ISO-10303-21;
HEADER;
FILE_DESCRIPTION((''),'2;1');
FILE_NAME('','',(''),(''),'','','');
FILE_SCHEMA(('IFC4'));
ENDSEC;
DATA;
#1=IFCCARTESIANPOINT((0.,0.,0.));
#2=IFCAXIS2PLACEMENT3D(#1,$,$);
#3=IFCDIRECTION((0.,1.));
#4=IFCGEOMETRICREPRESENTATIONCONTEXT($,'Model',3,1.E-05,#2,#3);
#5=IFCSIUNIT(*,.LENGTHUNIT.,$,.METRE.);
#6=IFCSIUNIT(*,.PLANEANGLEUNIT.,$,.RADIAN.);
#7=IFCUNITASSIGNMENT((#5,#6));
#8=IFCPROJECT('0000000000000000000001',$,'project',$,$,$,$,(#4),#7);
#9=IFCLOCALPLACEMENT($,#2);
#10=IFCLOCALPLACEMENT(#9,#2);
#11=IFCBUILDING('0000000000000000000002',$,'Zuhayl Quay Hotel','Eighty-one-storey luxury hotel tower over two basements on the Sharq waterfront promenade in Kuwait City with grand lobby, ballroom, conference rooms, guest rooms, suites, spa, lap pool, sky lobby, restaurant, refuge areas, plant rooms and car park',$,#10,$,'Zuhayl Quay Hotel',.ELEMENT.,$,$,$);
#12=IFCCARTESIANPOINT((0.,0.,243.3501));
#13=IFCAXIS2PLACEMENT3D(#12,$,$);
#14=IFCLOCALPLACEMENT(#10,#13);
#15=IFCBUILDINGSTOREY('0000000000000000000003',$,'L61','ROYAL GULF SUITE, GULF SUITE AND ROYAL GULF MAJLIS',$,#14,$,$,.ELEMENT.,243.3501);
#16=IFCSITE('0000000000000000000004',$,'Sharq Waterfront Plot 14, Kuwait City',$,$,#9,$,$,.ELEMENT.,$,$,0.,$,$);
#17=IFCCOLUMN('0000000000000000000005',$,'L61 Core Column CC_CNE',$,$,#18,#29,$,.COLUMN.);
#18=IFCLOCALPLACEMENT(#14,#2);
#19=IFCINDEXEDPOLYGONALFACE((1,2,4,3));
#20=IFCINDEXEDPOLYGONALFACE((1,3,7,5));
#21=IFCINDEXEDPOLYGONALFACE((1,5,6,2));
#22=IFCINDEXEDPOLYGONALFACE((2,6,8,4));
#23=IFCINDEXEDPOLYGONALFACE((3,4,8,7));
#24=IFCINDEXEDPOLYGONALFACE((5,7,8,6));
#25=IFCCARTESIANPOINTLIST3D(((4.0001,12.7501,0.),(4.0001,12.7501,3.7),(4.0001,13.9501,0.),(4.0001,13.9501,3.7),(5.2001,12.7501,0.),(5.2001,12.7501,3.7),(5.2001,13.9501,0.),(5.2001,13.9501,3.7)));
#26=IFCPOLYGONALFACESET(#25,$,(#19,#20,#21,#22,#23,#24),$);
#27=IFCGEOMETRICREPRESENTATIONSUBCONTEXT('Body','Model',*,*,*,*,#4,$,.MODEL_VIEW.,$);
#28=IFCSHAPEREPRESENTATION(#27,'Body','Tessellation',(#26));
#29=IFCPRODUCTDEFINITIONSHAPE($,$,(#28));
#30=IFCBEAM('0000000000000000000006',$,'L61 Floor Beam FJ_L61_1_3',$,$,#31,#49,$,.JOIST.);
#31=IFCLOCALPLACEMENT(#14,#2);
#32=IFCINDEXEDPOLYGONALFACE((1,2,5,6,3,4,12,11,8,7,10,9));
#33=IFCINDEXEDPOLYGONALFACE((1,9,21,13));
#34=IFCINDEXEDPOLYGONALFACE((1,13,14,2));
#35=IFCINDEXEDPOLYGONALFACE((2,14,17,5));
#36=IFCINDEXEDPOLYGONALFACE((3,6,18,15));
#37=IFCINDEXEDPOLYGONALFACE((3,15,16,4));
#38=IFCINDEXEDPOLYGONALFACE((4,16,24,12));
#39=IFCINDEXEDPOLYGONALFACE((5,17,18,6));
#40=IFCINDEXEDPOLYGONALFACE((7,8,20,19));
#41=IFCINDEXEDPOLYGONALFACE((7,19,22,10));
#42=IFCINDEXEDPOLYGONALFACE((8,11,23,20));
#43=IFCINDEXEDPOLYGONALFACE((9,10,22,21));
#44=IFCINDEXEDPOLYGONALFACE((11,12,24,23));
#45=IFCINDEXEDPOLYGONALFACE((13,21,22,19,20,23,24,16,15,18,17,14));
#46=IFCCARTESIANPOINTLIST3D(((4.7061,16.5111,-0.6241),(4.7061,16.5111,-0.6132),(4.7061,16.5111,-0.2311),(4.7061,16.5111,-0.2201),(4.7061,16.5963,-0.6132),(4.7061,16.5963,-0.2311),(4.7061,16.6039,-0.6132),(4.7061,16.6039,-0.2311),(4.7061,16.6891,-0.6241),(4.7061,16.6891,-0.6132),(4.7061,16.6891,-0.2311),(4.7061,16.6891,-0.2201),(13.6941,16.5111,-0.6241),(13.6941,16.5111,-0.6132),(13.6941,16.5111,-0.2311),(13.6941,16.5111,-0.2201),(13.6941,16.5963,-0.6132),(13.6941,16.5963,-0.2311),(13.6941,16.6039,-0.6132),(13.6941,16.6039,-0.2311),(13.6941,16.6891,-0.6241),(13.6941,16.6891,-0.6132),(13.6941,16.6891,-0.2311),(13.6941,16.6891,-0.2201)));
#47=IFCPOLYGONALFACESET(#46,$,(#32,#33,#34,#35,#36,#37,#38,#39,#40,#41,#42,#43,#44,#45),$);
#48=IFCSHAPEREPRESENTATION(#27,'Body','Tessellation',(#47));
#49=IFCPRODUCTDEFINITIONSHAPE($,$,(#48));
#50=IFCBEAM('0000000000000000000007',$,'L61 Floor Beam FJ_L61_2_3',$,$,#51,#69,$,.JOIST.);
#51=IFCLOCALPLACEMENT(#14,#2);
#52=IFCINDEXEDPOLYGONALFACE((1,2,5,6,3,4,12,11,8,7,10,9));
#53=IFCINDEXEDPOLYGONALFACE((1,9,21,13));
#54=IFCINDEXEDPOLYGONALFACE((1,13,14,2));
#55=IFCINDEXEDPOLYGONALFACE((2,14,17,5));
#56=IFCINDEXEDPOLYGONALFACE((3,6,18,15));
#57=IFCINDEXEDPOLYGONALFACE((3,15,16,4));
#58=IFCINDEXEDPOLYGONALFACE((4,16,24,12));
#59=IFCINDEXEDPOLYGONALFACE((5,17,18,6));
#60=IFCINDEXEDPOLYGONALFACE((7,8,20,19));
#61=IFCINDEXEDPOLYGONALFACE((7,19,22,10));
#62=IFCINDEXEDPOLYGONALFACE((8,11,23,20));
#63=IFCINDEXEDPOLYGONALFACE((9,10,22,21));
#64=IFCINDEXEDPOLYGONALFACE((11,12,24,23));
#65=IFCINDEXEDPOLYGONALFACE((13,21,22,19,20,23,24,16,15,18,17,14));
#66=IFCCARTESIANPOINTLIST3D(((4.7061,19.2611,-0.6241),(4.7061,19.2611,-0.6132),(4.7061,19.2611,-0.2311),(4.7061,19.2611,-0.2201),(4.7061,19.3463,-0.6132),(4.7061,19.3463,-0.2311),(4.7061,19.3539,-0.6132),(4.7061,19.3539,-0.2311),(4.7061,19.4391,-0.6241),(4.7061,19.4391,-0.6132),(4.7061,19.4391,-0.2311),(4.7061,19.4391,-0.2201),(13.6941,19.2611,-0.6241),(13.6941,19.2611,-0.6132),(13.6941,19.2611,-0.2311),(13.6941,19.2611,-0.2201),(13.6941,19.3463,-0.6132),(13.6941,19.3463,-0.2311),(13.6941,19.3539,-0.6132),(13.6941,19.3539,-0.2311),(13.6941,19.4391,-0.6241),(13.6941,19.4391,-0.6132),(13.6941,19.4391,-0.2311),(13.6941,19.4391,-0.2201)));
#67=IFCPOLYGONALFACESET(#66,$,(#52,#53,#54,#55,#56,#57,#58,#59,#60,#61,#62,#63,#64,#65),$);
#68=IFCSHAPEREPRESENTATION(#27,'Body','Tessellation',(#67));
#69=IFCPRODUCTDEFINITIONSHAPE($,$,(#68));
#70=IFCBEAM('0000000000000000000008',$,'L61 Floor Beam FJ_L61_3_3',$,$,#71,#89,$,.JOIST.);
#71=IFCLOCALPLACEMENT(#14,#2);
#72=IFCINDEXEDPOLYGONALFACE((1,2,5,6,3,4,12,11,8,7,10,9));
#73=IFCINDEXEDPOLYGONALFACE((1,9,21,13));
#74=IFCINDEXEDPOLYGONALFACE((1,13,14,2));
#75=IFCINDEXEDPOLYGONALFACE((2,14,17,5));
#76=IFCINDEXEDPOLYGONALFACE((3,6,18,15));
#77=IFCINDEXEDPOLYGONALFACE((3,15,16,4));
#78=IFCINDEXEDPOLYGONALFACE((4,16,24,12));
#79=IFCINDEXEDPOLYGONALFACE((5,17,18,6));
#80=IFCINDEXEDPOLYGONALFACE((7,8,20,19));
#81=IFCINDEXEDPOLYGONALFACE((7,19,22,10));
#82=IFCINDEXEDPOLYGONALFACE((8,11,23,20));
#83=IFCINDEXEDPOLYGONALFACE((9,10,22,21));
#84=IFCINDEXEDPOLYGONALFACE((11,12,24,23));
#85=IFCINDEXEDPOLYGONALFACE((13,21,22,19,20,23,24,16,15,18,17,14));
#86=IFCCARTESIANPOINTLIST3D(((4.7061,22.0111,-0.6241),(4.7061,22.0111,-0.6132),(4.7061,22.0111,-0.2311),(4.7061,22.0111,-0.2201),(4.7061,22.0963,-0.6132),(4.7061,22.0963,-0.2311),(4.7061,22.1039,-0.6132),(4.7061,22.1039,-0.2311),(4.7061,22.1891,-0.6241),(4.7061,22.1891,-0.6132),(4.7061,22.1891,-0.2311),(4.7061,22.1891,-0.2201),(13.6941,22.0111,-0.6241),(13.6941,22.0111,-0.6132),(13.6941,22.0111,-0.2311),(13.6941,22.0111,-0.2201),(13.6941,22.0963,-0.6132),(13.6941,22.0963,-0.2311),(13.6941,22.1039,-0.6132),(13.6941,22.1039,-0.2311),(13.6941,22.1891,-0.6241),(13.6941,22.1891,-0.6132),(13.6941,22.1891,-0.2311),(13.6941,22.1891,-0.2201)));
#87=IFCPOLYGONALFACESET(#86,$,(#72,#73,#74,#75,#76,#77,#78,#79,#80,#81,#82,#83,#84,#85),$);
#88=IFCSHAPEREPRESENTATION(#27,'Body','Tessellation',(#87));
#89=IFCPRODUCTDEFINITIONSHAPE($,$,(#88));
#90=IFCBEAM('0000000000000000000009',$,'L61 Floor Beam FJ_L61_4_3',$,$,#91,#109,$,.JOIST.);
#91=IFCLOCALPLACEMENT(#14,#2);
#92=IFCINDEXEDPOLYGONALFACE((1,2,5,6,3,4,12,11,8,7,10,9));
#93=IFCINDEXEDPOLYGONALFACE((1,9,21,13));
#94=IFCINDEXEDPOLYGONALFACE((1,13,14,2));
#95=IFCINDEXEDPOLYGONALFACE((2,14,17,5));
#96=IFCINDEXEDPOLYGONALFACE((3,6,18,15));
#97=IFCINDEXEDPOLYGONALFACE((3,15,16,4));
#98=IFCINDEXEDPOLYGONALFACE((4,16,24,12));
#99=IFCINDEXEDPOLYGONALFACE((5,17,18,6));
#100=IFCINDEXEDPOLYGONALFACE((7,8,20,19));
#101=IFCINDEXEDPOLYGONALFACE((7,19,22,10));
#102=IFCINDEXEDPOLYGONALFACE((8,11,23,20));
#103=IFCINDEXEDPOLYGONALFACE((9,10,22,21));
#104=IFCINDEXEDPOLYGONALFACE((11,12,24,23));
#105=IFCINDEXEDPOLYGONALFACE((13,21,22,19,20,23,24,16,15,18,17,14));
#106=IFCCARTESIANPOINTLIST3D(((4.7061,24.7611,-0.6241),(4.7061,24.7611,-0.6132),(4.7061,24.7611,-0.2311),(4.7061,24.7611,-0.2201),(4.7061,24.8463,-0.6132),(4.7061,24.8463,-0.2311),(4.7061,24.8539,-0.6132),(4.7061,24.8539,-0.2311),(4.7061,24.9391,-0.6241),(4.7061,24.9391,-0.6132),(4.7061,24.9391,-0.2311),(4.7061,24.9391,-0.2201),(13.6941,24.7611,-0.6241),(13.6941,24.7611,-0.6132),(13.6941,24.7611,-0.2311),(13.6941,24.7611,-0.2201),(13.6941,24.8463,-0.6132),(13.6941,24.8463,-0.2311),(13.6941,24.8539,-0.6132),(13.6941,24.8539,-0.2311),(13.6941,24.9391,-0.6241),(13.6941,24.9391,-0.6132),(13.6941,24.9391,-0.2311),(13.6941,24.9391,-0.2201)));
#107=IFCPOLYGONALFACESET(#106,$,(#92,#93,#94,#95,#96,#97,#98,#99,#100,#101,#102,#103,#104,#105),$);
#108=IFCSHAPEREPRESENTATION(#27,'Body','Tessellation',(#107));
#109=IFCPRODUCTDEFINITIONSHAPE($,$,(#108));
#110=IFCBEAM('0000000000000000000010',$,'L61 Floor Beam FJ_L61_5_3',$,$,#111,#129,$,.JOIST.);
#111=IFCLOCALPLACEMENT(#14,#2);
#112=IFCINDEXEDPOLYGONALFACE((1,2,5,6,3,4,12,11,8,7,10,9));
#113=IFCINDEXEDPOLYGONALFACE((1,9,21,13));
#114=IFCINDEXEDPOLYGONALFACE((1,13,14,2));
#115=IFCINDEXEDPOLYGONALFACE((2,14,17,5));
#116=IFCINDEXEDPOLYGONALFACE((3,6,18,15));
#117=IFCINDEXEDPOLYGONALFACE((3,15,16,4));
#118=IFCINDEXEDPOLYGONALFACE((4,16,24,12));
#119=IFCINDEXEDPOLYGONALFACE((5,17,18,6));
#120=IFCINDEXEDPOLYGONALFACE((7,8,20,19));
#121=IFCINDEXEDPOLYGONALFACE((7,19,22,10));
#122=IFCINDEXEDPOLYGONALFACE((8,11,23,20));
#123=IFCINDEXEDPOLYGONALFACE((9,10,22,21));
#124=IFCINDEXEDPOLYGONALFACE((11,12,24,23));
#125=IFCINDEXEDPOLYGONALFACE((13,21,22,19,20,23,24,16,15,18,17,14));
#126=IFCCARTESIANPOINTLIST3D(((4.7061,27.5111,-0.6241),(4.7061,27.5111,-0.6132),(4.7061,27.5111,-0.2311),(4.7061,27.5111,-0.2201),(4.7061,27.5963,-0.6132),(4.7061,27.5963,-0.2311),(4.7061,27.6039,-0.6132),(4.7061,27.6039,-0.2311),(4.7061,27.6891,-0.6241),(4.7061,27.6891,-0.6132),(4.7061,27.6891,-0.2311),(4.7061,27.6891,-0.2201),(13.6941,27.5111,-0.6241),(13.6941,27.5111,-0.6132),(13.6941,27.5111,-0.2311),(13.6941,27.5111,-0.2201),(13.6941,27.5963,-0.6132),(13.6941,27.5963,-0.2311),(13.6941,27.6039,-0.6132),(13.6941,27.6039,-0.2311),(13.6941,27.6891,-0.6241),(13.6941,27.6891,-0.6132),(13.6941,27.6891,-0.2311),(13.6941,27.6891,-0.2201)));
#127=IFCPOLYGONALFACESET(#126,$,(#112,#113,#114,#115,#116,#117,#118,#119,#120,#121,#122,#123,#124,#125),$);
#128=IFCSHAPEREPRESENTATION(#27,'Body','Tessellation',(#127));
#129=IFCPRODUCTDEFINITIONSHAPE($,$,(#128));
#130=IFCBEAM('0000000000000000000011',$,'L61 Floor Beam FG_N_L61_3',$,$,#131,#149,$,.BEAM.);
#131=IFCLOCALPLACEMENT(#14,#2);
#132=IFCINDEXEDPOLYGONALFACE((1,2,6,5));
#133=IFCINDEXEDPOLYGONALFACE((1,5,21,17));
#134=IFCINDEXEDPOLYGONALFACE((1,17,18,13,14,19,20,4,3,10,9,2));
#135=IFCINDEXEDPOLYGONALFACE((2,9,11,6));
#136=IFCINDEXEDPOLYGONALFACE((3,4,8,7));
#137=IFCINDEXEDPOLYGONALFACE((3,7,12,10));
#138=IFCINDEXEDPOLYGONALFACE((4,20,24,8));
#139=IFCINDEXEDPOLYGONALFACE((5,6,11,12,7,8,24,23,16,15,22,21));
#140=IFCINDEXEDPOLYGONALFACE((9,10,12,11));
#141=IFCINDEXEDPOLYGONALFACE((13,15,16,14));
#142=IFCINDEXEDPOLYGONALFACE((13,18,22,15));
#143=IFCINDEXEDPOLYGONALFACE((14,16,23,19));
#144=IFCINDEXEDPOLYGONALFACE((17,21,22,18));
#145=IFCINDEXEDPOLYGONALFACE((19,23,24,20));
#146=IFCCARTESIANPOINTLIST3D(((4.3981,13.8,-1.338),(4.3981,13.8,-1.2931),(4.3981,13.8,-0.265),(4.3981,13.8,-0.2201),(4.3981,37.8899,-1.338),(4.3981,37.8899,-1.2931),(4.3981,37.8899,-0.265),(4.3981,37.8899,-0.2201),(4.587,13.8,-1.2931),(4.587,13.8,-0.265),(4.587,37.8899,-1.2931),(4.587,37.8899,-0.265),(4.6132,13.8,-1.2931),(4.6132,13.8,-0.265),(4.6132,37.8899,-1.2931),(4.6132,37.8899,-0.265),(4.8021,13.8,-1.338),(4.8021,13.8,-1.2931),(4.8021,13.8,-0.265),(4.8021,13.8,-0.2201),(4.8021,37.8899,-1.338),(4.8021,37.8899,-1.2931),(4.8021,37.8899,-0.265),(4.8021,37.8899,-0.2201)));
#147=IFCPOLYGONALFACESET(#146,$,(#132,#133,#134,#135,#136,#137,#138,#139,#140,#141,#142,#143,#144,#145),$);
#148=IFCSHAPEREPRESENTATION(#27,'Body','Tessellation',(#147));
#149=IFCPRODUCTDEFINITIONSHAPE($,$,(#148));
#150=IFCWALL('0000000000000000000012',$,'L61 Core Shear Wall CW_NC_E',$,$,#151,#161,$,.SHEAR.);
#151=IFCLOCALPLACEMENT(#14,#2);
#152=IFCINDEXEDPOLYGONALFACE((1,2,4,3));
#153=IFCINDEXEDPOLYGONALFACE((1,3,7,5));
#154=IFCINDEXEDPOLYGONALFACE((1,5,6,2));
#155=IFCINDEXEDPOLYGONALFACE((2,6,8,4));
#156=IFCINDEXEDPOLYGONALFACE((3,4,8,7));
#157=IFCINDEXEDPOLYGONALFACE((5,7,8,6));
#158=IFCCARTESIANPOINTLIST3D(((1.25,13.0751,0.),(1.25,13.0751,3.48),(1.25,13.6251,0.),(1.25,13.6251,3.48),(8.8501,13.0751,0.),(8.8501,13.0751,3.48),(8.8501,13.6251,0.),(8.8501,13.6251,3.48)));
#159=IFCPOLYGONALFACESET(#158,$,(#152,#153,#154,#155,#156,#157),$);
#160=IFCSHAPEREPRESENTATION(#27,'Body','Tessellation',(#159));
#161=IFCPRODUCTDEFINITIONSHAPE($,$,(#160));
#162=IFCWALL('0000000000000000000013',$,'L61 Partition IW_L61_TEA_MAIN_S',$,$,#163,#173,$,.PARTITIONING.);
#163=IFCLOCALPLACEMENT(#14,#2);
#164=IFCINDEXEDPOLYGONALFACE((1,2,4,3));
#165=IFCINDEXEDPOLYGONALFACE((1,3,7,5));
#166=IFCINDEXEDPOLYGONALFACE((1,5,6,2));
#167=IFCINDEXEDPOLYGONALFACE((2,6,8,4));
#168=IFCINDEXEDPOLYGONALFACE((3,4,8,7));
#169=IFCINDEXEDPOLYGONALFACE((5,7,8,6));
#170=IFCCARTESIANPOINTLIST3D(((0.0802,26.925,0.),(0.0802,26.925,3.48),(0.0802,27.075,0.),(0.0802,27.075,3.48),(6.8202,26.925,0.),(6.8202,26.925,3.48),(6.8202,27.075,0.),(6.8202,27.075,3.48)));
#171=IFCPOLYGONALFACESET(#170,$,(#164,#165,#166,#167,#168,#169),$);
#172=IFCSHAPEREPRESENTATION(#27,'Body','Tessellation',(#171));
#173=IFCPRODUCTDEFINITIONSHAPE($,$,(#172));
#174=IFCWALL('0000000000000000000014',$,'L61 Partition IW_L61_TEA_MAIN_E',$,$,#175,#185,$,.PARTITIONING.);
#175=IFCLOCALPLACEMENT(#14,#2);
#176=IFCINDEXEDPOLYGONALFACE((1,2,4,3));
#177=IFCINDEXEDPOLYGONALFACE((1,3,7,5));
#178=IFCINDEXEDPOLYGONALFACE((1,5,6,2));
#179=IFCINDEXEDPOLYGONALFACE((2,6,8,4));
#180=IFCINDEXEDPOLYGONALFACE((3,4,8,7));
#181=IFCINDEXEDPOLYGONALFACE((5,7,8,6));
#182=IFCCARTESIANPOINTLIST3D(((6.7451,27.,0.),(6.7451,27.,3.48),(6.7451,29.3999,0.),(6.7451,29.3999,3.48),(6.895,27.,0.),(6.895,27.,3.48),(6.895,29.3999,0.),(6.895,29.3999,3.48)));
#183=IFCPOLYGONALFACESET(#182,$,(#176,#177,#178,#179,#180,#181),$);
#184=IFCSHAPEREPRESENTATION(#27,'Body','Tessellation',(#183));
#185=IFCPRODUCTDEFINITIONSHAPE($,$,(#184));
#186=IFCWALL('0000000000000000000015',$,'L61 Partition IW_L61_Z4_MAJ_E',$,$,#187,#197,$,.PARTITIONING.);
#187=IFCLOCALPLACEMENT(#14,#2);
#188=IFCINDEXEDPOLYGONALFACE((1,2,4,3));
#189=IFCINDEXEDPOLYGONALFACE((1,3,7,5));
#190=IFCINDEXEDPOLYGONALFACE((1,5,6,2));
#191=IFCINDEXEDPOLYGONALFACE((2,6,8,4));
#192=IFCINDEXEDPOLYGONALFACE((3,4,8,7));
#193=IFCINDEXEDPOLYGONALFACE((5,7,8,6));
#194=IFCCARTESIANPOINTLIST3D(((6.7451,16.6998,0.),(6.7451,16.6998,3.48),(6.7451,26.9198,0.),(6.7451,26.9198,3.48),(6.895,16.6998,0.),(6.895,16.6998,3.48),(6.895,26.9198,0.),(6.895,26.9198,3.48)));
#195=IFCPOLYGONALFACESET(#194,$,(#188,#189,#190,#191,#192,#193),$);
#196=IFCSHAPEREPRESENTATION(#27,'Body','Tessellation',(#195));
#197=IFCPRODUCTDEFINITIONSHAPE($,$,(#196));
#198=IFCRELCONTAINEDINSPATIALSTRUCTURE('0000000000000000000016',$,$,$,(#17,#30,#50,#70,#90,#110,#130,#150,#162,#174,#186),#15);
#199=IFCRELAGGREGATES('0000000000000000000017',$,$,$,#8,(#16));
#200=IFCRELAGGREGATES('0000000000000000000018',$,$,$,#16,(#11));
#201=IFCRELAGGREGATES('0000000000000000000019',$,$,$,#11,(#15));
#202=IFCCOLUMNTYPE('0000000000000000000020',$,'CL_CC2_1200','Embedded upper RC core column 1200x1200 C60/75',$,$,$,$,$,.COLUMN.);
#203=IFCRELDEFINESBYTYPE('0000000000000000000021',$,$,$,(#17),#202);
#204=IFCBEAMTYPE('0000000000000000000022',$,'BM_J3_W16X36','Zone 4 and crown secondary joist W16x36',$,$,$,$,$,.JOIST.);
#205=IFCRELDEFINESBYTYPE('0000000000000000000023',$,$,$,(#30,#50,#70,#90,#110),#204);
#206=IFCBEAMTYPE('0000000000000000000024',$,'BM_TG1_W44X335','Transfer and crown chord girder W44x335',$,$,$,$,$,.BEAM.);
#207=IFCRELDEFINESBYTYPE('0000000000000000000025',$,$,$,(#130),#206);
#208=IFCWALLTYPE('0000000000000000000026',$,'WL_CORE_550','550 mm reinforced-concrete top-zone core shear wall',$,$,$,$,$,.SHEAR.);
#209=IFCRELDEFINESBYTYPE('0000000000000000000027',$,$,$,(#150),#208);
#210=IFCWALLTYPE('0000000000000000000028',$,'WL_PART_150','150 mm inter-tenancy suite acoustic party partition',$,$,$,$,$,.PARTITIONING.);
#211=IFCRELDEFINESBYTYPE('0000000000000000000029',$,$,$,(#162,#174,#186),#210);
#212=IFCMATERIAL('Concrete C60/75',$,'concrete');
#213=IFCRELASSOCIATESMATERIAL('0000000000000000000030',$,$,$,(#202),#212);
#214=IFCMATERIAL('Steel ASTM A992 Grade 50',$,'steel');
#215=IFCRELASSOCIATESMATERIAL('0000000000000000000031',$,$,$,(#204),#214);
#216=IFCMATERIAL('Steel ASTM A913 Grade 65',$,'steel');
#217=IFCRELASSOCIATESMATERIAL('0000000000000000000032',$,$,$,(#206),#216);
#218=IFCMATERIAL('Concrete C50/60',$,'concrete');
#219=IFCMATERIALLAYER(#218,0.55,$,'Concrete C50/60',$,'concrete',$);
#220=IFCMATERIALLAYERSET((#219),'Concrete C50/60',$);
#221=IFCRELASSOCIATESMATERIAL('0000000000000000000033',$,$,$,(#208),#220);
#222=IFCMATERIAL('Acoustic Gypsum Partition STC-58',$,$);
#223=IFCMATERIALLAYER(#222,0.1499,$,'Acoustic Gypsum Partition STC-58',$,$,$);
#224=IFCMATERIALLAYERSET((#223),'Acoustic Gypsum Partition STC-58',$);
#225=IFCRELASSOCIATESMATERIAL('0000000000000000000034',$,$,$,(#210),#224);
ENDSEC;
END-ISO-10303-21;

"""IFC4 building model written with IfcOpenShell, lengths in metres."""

from ifc_helpers import new_model, si_unit, direction, frame, frame_2d, origin, origin_2d, place, context, subcontext, project, spatial, rectangle, i_section, extrude, material, layer, layer_set, material_profile, profile_set, type_object, element, save


model = new_model("IFC4")

# Units and contexts
model_context = context("Model", 3, precision=1e-05, world=origin(), true_north=direction((0.0, 1.0)))
body_context = subcontext(model_context, "Body", "Model", "MODEL_VIEW")
ifc_project = project(units=[si_unit("LENGTHUNIT", "METRE"), si_unit("PLANEANGLEUNIT", "RADIAN")], contexts=[model_context])

# Site, building, storey
site_placement = place(None, origin())
site = spatial("IfcSite", under=ifc_project, at=site_placement, Name="Sharq Waterfront Plot 14, Kuwait City", CompositionType="ELEMENT", RefElevation=0.0)
building_placement = place(site_placement, origin())
building = spatial("IfcBuilding", under=site, at=building_placement, Name="Zuhayl Quay Hotel", Description="Eighty-one-storey luxury hotel tower over two basements on the Sharq waterfront promenade in Kuwait City with grand lobby, ballroom, conference rooms, guest rooms, suites, spa, lap pool, sky lobby, restaurant, refuge areas, plant rooms and car park", LongName="Zuhayl Quay Hotel", CompositionType="ELEMENT")
storey_placement = place(building_placement, frame((0.0, 0.0, 243.3501)))
storey = spatial("IfcBuildingStorey", under=building, at=storey_placement, Name="L61", Description="ROYAL GULF SUITE, GULF SUITE AND ROYAL GULF MAJLIS", CompositionType="ELEMENT", Elevation=243.3501)

# Column
ifc_material_1 = material(Name="Concrete C60/75", Category="concrete")
ifc_material_profile_1 = material_profile(ifc_material_1, rectangle(XDim=1.2, YDim=1.2, at=origin_2d()), Name="RC1200X1200")
ifc_profile_set_1 = profile_set([ifc_material_profile_1], Name="Concrete C60/75")
column_type = type_object("IfcColumnType", Name="CL_CC2_1200", Description="Embedded upper RC core column 1200x1200 C60/75", PredefinedType="COLUMN", material=ifc_profile_set_1)
column_placement = place(storey_placement, frame((4.6001, 13.3501, 0.0), z_axis=(0.0, 0.0, 1.0), x_axis=(1.0, 0.0, 0.0)))
element("IfcColumn", 1, at=column_placement, inside=storey, type_object=column_type, Name="L61 Core Column CC_CNE", PredefinedType="COLUMN", context=body_context, shape_type="SweptSolid", body=[
    extrude(rectangle(XDim=1.2, YDim=1.2, at=origin_2d()), origin(), (0.0, 0.0, 1.0), 3.7),
])

# Beams
ifc_material_2 = material(Name="Steel ASTM A992 Grade 50", Category="steel")
ifc_material_profile_2 = material_profile(ifc_material_2, i_section(OverallWidth=0.178, OverallDepth=0.4041, WebThickness=0.0076, FlangeThickness=0.011, at=origin_2d()), Name="W16X36")
ifc_profile_set_2 = profile_set([ifc_material_profile_2], Name="Steel ASTM A992 Grade 50")
beam_type_1 = type_object("IfcBeamType", Name="BM_J3_W16X36", Description="Zone 4 and crown secondary joist W16x36", PredefinedType="JOIST", material=ifc_profile_set_2)
for number, where, z_axis, x_axis, name in (
    (2, (4.7061, 16.6001, -0.4221), (1.0, 0.0, 0.0), (0.0, 1.0, 0.0), "L61 Floor Beam FJ_L61_1_3"),
    (3, (4.7061, 19.3501, -0.4221), (1.0, 0.0, 0.0), (0.0, 1.0, 0.0), "L61 Floor Beam FJ_L61_2_3"),
    (4, (4.7061, 22.1001, -0.4221), (1.0, 0.0, 0.0), (0.0, 1.0, 0.0), "L61 Floor Beam FJ_L61_3_3"),
    (5, (4.7061, 24.8501, -0.4221), (1.0, 0.0, 0.0), (0.0, 1.0, 0.0), "L61 Floor Beam FJ_L61_4_3"),
    (6, (4.7061, 27.6001, -0.4221), (1.0, 0.0, 0.0), (0.0, 1.0, 0.0), "L61 Floor Beam FJ_L61_5_3"),
):
    element("IfcBeam", number, at=place(storey_placement, frame(where, z_axis=z_axis, x_axis=x_axis)), inside=storey, type_object=beam_type_1, Name=name, PredefinedType="JOIST", context=body_context, shape_type="SweptSolid", body=[
        extrude(i_section(OverallWidth=0.178, OverallDepth=0.4041, WebThickness=0.0076, FlangeThickness=0.011, at=origin_2d()), origin(), (0.0, 0.0, 1.0), 8.988),
    ])
ifc_material_3 = material(Name="Steel ASTM A913 Grade 65", Category="steel")
ifc_material_profile_3 = material_profile(ifc_material_3, i_section(OverallWidth=0.4041, OverallDepth=1.1179, WebThickness=0.0261, FlangeThickness=0.0449, at=origin_2d()), Name="W44X335")
ifc_profile_set_3 = profile_set([ifc_material_profile_3], Name="Steel ASTM A913 Grade 65")
beam_type_2 = type_object("IfcBeamType", Name="BM_TG1_W44X335", Description="Transfer and crown chord girder W44x335", PredefinedType="BEAM", material=ifc_profile_set_3)
beam_placement = place(storey_placement, frame((4.6001, 13.8, -0.7791), z_axis=(0.0, 1.0, 0.0), x_axis=(-1.0, 0.0, 0.0)))
element("IfcBeam", 7, at=beam_placement, inside=storey, type_object=beam_type_2, Name="L61 Floor Beam FG_N_L61_3", PredefinedType="BEAM", context=body_context, shape_type="SweptSolid", body=[
    extrude(i_section(OverallWidth=0.4041, OverallDepth=1.1179, WebThickness=0.0261, FlangeThickness=0.0449, at=origin_2d()), origin(), (0.0, 0.0, 1.0), 24.0898),
])

# Walls
ifc_material_4 = material(Name="Concrete C50/60", Category="concrete")
ifc_layer_1 = layer(ifc_material_4, 0.55, Name="Concrete C50/60", Category="concrete")
ifc_layer_set_1 = layer_set([ifc_layer_1], Name="Concrete C50/60")
wall_type_1 = type_object("IfcWallType", Name="WL_CORE_550", Description="550 mm reinforced-concrete top-zone core shear wall", PredefinedType="SHEAR", material=ifc_layer_set_1)
wall_1_placement = place(storey_placement, frame((1.25, 13.3501, 0.0), z_axis=(0.0, 0.0, 1.0), x_axis=(1.0, 0.0, 0.0)))
element("IfcWall", 8, at=wall_1_placement, inside=storey, type_object=wall_type_1, Name="L61 Core Shear Wall CW_NC_E", PredefinedType="SHEAR", context=body_context, shape_type="SweptSolid", body=[
    extrude(rectangle(XDim=7.6001, YDim=0.55, at=frame_2d((3.8, 0.0))), origin(), (0.0, 0.0, 1.0), 3.48),
])
ifc_material_5 = material(Name="Acoustic Gypsum Partition STC-58")
ifc_layer_2 = layer(ifc_material_5, 0.1499, Name="Acoustic Gypsum Partition STC-58")
ifc_layer_set_2 = layer_set([ifc_layer_2], Name="Acoustic Gypsum Partition STC-58")
wall_type_2 = type_object("IfcWallType", Name="WL_PART_150", Description="150 mm inter-tenancy suite acoustic party partition", PredefinedType="PARTITIONING", material=ifc_layer_set_2)
wall_2_placement = place(storey_placement, frame((0.0801, 27.0, 0.0), z_axis=(0.0, 0.0, 1.0), x_axis=(1.0, 0.0, 0.0)))
element("IfcWall", 9, at=wall_2_placement, inside=storey, type_object=wall_type_2, Name="L61 Partition IW_L61_TEA_MAIN_S", PredefinedType="PARTITIONING", context=body_context, shape_type="SweptSolid", body=[
    extrude(rectangle(XDim=6.74, YDim=0.1499, at=frame_2d((3.3701, 0.0))), origin(), (0.0, 0.0, 1.0), 3.48),
])
wall_3_placement = place(storey_placement, frame((6.8201, 27.0, 0.0), z_axis=(0.0, 0.0, 1.0), x_axis=(0.0, 1.0, 0.0)))
element("IfcWall", 10, at=wall_3_placement, inside=storey, type_object=wall_type_2, Name="L61 Partition IW_L61_TEA_MAIN_E", PredefinedType="PARTITIONING", context=body_context, shape_type="SweptSolid", body=[
    extrude(rectangle(XDim=2.3999, YDim=0.1499, at=frame_2d((1.2, 0.0))), origin(), (0.0, 0.0, 1.0), 3.48),
])
wall_4_placement = place(storey_placement, frame((6.8201, 16.7, 0.0), z_axis=(0.0, 0.0, 1.0), x_axis=(0.0, 1.0, 0.0)))
element("IfcWall", 11, at=wall_4_placement, inside=storey, type_object=wall_type_2, Name="L61 Partition IW_L61_Z4_MAJ_E", PredefinedType="PARTITIONING", context=body_context, shape_type="SweptSolid", body=[
    extrude(rectangle(XDim=10.22, YDim=0.1499, at=frame_2d((5.1099, 0.0))), origin(), (0.0, 0.0, 1.0), 3.48),
])

save(model, "model.ifc")
